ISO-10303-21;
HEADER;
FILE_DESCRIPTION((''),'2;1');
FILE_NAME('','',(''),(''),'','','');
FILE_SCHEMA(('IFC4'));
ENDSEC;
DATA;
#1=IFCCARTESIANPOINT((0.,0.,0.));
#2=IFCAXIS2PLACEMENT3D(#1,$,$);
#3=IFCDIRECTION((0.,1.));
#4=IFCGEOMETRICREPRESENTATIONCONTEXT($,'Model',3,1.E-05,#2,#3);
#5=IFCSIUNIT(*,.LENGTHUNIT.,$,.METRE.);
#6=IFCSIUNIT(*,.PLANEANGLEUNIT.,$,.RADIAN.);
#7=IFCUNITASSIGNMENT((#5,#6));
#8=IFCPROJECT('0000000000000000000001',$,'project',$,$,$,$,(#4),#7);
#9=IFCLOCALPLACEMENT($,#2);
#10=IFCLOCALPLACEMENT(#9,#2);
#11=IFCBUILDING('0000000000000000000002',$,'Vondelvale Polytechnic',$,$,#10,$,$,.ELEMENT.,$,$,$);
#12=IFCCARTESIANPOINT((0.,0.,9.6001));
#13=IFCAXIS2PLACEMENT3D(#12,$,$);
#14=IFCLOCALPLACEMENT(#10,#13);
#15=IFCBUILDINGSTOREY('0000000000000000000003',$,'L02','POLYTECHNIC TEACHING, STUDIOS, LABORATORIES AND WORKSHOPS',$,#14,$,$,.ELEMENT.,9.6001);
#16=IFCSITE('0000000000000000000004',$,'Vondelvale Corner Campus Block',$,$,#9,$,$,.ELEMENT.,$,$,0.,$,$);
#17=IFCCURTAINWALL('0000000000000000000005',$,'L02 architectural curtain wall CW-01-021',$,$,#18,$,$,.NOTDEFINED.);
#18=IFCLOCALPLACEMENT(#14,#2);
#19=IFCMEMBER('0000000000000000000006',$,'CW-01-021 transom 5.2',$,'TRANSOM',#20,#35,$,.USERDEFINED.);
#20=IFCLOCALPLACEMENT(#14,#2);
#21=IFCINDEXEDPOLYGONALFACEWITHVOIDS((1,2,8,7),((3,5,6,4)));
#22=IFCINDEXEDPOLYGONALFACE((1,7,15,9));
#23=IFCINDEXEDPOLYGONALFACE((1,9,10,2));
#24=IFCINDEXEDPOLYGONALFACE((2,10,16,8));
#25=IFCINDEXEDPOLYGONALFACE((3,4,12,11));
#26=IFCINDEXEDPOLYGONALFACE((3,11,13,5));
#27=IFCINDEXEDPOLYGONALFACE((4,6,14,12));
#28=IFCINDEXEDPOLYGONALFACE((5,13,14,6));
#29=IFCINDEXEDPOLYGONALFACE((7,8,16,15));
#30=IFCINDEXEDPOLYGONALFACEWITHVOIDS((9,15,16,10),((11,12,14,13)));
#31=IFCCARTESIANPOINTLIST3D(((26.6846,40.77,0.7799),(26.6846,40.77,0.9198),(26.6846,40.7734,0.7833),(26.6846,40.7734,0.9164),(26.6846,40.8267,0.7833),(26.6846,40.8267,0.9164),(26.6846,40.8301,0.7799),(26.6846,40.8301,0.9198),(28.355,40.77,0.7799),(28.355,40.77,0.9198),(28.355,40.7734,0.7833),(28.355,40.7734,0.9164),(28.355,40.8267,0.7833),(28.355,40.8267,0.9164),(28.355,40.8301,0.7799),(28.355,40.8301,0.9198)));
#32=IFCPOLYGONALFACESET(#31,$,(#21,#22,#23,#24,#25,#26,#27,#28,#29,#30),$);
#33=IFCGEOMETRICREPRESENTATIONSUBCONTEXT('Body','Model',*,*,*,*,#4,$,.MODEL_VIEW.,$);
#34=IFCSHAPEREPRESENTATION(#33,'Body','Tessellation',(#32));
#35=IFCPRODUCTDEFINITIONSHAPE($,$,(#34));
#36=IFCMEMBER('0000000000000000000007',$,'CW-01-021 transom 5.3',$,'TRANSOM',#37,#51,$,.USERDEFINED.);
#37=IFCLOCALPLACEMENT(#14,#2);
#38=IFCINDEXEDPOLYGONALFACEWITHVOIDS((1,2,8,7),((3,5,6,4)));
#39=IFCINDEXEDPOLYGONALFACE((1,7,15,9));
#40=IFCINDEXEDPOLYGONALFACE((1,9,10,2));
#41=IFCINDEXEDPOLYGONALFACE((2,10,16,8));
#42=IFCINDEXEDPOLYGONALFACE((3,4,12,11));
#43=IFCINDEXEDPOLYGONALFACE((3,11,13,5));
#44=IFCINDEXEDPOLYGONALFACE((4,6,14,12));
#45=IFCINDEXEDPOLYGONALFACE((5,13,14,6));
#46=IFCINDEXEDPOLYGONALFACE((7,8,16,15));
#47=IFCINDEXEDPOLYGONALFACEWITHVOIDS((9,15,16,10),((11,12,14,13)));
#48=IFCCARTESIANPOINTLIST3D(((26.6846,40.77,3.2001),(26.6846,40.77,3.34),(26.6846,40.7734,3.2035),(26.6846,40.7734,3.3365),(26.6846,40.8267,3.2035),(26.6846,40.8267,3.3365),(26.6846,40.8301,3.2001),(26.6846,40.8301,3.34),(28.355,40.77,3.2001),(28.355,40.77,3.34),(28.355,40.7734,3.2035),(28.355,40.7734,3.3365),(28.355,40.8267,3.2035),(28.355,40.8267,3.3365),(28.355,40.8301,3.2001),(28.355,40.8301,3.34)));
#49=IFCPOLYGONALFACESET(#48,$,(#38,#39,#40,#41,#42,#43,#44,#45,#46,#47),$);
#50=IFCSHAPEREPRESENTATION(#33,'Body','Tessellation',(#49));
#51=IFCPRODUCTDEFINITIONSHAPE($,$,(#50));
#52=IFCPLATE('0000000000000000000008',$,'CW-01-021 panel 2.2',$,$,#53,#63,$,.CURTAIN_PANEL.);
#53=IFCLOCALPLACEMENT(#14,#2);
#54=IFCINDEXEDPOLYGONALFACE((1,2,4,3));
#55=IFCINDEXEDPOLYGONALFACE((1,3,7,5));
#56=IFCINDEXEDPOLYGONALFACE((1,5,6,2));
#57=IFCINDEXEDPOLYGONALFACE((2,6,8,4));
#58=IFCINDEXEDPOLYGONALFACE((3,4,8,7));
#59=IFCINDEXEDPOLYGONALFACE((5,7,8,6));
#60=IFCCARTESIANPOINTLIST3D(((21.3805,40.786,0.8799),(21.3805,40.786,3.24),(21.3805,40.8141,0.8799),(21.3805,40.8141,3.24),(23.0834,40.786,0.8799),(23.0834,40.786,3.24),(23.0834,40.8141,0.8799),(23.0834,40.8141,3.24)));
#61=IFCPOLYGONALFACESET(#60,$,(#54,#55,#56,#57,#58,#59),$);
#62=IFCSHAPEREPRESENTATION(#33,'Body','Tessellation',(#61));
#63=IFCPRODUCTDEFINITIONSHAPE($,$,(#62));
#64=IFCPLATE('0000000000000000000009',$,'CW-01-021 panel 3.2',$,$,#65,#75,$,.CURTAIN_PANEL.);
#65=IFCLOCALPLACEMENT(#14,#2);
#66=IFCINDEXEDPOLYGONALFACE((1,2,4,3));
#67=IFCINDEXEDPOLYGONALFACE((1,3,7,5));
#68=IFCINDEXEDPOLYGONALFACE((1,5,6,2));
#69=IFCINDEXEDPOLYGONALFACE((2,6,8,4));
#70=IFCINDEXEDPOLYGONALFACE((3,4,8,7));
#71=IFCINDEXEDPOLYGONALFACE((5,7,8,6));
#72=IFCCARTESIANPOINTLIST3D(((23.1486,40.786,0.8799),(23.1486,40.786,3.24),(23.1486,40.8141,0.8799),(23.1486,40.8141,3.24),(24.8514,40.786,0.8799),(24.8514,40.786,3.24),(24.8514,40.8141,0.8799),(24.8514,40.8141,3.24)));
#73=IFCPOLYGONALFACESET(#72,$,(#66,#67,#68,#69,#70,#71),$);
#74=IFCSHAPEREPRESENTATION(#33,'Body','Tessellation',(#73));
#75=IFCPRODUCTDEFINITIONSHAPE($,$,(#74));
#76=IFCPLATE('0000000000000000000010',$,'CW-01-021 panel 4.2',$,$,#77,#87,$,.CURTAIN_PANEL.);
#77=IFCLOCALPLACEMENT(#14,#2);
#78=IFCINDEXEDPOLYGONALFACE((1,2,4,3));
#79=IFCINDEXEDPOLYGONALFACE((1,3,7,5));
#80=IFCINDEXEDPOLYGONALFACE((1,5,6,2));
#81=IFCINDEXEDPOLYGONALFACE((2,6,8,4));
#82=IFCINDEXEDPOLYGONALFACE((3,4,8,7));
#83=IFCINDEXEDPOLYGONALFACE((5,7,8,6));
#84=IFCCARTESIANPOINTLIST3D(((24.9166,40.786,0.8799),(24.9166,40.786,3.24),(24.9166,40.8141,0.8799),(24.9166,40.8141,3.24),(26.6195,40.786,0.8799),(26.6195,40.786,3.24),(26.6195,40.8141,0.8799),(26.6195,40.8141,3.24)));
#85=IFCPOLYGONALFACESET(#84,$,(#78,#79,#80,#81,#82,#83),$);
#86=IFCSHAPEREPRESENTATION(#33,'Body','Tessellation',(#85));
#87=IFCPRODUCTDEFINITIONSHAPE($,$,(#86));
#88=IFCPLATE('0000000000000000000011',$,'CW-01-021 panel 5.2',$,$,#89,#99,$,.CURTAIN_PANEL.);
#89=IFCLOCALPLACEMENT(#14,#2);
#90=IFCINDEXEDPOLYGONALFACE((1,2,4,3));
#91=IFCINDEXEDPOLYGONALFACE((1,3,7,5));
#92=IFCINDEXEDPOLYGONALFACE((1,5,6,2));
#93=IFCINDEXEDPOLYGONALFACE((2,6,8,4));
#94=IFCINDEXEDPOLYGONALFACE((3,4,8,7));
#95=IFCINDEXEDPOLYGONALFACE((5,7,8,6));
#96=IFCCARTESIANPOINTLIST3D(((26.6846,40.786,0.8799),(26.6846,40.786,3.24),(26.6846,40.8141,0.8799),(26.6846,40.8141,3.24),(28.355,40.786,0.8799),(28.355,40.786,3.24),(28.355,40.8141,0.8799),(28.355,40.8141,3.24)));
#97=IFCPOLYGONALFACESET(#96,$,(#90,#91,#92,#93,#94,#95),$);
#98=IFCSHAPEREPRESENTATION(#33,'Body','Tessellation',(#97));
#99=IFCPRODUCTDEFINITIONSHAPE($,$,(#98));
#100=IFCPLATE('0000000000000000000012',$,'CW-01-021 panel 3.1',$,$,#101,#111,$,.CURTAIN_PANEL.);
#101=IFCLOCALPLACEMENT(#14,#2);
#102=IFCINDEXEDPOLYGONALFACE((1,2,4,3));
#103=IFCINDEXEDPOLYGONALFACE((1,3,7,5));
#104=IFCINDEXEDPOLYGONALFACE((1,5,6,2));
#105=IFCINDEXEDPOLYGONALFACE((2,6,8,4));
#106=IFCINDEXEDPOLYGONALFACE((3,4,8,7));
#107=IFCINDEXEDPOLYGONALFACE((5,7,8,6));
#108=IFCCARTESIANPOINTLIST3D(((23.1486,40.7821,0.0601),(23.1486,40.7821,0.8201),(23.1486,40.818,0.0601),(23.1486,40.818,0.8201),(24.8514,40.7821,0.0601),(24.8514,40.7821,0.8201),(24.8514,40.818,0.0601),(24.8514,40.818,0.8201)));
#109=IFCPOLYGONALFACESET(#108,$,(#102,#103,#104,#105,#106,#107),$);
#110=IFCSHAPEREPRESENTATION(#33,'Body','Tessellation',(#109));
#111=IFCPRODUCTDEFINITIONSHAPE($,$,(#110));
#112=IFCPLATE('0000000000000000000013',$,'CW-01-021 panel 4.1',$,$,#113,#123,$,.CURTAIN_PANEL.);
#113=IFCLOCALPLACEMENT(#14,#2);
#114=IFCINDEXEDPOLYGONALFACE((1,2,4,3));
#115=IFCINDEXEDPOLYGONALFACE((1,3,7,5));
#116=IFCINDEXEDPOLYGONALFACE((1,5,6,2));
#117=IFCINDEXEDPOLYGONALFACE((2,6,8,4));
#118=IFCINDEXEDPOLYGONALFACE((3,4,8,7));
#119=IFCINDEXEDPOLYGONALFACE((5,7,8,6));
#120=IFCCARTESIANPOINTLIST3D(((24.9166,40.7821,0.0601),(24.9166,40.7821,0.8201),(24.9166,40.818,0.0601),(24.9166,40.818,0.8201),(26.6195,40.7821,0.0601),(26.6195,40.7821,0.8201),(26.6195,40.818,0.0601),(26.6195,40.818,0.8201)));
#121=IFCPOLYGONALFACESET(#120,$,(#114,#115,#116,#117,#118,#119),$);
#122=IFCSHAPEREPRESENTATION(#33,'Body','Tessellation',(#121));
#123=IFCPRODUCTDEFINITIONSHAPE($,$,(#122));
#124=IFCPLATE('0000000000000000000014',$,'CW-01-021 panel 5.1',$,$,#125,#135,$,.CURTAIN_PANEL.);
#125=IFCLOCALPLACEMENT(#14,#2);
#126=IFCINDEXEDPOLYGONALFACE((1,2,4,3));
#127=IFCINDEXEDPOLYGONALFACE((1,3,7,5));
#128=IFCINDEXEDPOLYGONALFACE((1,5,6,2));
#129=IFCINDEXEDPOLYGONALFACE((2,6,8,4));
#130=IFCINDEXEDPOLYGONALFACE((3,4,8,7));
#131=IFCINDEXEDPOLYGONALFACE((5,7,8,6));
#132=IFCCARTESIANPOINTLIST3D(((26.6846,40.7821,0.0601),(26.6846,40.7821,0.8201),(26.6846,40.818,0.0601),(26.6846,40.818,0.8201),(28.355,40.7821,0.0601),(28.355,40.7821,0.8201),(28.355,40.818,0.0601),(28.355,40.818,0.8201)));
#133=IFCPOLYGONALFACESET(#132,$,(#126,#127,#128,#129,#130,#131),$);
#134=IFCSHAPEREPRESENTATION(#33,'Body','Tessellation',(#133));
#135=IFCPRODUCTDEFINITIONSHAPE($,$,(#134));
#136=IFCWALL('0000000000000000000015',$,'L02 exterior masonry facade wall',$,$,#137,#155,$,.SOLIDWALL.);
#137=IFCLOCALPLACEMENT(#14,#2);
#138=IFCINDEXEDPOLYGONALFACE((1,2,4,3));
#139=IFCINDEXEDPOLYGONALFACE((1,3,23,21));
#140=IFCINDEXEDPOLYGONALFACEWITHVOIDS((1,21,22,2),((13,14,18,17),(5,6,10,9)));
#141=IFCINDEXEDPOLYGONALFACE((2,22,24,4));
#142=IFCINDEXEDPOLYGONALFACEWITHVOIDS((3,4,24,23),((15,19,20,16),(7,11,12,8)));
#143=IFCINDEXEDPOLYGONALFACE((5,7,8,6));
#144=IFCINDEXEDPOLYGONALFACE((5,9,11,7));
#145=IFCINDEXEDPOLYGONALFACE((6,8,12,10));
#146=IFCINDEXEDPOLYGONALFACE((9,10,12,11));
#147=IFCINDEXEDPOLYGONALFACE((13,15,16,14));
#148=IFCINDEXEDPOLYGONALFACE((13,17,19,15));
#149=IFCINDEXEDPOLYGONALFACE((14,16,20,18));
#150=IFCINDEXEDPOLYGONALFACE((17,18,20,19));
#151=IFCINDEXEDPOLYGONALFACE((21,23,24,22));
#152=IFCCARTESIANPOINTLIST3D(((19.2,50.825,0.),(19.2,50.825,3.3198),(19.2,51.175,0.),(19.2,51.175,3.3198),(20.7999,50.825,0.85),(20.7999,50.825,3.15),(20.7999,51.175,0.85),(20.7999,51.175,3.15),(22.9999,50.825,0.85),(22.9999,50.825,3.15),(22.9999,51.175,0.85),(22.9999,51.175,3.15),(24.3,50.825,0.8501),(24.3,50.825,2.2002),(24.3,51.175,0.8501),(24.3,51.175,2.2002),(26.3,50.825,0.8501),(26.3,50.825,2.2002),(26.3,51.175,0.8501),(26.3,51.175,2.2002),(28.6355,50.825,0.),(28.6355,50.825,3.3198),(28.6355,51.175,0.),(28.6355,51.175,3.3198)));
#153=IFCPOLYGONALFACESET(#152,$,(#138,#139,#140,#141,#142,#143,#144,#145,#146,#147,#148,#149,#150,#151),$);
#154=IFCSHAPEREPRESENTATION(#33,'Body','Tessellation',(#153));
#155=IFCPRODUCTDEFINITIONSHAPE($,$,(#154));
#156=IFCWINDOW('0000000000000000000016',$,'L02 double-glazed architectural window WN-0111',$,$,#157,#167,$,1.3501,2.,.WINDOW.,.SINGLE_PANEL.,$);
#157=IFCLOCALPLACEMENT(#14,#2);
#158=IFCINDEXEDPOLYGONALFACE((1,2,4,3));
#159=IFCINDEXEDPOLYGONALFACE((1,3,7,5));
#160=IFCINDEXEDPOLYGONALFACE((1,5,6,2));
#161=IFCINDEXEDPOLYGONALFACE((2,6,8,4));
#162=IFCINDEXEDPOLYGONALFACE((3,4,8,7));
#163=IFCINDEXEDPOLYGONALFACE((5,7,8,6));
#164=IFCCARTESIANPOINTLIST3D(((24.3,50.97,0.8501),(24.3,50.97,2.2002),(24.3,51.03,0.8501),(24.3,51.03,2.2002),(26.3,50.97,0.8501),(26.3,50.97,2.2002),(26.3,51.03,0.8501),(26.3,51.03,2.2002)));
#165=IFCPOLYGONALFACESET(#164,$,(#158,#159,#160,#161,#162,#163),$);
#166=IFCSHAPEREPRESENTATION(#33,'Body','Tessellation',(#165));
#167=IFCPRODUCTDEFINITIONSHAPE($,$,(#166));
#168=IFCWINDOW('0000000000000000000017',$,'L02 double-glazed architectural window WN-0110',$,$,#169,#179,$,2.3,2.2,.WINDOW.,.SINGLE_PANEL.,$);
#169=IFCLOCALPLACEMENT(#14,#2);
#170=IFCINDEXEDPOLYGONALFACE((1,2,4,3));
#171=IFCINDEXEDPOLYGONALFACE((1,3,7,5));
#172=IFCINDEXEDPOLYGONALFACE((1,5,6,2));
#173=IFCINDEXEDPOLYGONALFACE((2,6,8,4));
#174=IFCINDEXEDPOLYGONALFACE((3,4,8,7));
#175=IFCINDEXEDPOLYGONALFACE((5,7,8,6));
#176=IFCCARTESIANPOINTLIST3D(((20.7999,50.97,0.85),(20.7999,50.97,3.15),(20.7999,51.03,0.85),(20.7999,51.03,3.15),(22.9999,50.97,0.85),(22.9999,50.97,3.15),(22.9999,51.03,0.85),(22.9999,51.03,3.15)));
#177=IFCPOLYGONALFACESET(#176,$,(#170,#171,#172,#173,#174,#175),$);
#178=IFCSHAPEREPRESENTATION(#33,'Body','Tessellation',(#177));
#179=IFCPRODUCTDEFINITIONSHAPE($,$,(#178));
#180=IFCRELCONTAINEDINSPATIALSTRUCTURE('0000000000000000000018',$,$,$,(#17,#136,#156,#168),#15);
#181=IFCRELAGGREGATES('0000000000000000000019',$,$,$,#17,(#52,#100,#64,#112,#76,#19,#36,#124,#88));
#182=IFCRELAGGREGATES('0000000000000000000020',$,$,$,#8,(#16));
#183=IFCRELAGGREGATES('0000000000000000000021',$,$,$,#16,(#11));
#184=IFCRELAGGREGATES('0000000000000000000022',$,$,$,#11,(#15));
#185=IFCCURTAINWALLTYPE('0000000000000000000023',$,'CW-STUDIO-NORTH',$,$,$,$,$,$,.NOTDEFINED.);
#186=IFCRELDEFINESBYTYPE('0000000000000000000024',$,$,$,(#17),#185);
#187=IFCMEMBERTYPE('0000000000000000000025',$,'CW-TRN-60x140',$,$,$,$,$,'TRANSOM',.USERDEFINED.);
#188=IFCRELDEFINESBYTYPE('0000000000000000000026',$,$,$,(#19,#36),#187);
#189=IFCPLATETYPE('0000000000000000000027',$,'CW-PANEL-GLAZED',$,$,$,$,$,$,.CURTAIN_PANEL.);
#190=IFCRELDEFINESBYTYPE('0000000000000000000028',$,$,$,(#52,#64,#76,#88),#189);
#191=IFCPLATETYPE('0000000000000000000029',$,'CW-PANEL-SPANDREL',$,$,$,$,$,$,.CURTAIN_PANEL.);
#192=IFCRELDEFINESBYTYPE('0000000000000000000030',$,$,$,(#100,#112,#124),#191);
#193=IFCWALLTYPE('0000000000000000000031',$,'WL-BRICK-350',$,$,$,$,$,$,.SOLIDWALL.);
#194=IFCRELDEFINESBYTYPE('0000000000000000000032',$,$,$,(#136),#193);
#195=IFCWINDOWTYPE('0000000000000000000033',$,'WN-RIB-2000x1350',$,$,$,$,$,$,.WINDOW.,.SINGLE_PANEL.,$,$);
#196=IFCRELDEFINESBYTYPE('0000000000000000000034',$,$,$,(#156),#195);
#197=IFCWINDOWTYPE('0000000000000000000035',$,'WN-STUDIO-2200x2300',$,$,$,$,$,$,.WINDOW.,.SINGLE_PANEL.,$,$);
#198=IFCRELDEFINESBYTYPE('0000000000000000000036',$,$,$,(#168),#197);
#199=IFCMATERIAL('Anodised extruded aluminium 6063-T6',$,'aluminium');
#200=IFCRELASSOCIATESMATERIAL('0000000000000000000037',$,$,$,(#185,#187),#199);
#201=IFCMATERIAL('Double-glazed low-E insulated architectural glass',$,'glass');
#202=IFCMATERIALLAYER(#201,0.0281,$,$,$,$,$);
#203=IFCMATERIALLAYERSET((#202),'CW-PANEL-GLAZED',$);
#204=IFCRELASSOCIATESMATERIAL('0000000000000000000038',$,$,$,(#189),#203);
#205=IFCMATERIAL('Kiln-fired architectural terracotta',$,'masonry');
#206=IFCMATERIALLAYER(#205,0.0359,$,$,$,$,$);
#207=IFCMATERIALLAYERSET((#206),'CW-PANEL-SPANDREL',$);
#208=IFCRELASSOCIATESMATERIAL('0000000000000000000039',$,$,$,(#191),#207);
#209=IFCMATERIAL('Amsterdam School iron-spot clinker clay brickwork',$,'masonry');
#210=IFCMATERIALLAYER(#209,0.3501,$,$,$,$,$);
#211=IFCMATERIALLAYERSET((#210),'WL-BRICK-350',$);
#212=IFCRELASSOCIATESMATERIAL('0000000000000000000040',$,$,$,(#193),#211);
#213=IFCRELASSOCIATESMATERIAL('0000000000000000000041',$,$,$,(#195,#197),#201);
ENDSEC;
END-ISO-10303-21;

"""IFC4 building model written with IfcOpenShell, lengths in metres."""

from ifc_helpers import new_model, si_unit, direction, frame, frame_2d, origin, origin_2d, place, context, subcontext, project, spatial, rectangle, hollow_rectangle, extrude, material, layer, layer_set, material_profile, profile_set, type_object, element, fill, aggregate, save


model = new_model("IFC4")

# Units and contexts
model_context = context("Model", 3, precision=1e-05, world=origin(), true_north=direction((0.0, 1.0)))
body_context = subcontext(model_context, "Body", "Model", "MODEL_VIEW")
ifc_project = project(units=[si_unit("LENGTHUNIT", "METRE"), si_unit("PLANEANGLEUNIT", "RADIAN")], contexts=[model_context])

# Site, building, storey
site_placement = place(None, origin())
site = spatial("IfcSite", under=ifc_project, at=site_placement, Name="Vondelvale Corner Campus Block", CompositionType="ELEMENT", RefElevation=0.0)
building_placement = place(site_placement, origin())
building = spatial("IfcBuilding", under=site, at=building_placement, Name="Vondelvale Polytechnic", CompositionType="ELEMENT")
storey_placement = place(building_placement, frame((0.0, 0.0, 9.6001)))
storey = spatial("IfcBuildingStorey", under=building, at=storey_placement, Name="L02", Description="POLYTECHNIC TEACHING, STUDIOS, LABORATORIES AND WORKSHOPS", CompositionType="ELEMENT", Elevation=9.6001)

# Curtain wall, members, plates
ifc_material_1 = material(Name="Anodised extruded aluminium 6063-T6", Category="aluminium")
curtain_wall_type = type_object("IfcCurtainWallType", Name="CW-STUDIO-NORTH", PredefinedType="NOTDEFINED", material=ifc_material_1)
curtain_wall_placement = place(storey_placement, origin())
curtain_wall = element("IfcCurtainWall", 1, at=curtain_wall_placement, inside=storey, type_object=curtain_wall_type, Name="L02 architectural curtain wall CW-01-021", PredefinedType="NOTDEFINED")
ifc_material_profile_1 = material_profile(ifc_material_1, hollow_rectangle(XDim=0.0601, YDim=0.1399, WallThickness=0.0034, at=origin_2d()), Name="CW-TRN-140x60")
ifc_profile_set_1 = profile_set([ifc_material_profile_1], Name="Anodised extruded aluminium 6063-T6")
member_type_1 = type_object("IfcMemberType", Name="CW-TRN-60x140", ElementType="TRANSOM", PredefinedType="USERDEFINED", material=ifc_profile_set_1)
member_1_placement = place(storey_placement, frame((26.6846, 40.8, 0.8499), z_axis=(1.0, 0.0, 0.0), x_axis=(0.0, 1.0, 0.0)))
member_1 = element("IfcMember", 2, at=member_1_placement, type_object=member_type_1, Name="CW-01-021 transom 5.2", ObjectType="TRANSOM", PredefinedType="USERDEFINED", context=body_context, shape_type="SweptSolid", body=[
    extrude(hollow_rectangle(XDim=0.0601, YDim=0.1399, WallThickness=0.0034, at=origin_2d()), origin(), (0.0, 0.0, 1.0), 1.6704),
])
member_2_placement = place(storey_placement, frame((26.6846, 40.8, 3.27), z_axis=(1.0, 0.0, 0.0), x_axis=(0.0, 1.0, 0.0)))
member_2 = element("IfcMember", 3, at=member_2_placement, type_object=member_type_1, Name="CW-01-021 transom 5.3", ObjectType="TRANSOM", PredefinedType="USERDEFINED", context=body_context, shape_type="SweptSolid", body=[
    extrude(hollow_rectangle(XDim=0.0601, YDim=0.1399, WallThickness=0.0034, at=origin_2d()), origin(), (0.0, 0.0, 1.0), 1.6704),
])
ifc_material_2 = material(Name="Double-glazed low-E insulated architectural glass", Category="glass")
ifc_layer_1 = layer(ifc_material_2, 0.0281)
ifc_layer_set_1 = layer_set([ifc_layer_1], Name="CW-PANEL-GLAZED")
plate_type_1 = type_object("IfcPlateType", Name="CW-PANEL-GLAZED", PredefinedType="CURTAIN_PANEL", material=ifc_layer_set_1)
plate_1_placement = place(storey_placement, frame((22.2319, 40.8, 0.8799), z_axis=(0.0, 0.0, 1.0), x_axis=(1.0, 0.0, 0.0)))
plate_1 = element("IfcPlate", 4, at=plate_1_placement, type_object=plate_type_1, Name="CW-01-021 panel 2.2", PredefinedType="CURTAIN_PANEL", context=body_context, shape_type="SweptSolid", body=[
    extrude(rectangle(XDim=1.7029, YDim=0.0281, at=origin_2d()), origin(), (0.0, 0.0, 1.0), 2.3601),
])
plate_2_placement = place(storey_placement, frame((24.0, 40.8, 0.8799), z_axis=(0.0, 0.0, 1.0), x_axis=(1.0, 0.0, 0.0)))
plate_2 = element("IfcPlate", 5, at=plate_2_placement, type_object=plate_type_1, Name="CW-01-021 panel 3.2", PredefinedType="CURTAIN_PANEL", context=body_context, shape_type="SweptSolid", body=[
    extrude(rectangle(XDim=1.7029, YDim=0.0281, at=origin_2d()), origin(), (0.0, 0.0, 1.0), 2.3601),
])
plate_3_placement = place(storey_placement, frame((25.7681, 40.8, 0.8799), z_axis=(0.0, 0.0, 1.0), x_axis=(1.0, 0.0, 0.0)))
plate_3 = element("IfcPlate", 6, at=plate_3_placement, type_object=plate_type_1, Name="CW-01-021 panel 4.2", PredefinedType="CURTAIN_PANEL", context=body_context, shape_type="SweptSolid", body=[
    extrude(rectangle(XDim=1.7029, YDim=0.0281, at=origin_2d()), origin(), (0.0, 0.0, 1.0), 2.3601),
])
plate_4_placement = place(storey_placement, frame((27.5198, 40.8, 0.8799), z_axis=(0.0, 0.0, 1.0), x_axis=(1.0, 0.0, 0.0)))
plate_4 = element("IfcPlate", 7, at=plate_4_placement, type_object=plate_type_1, Name="CW-01-021 panel 5.2", PredefinedType="CURTAIN_PANEL", context=body_context, shape_type="SweptSolid", body=[
    extrude(rectangle(XDim=1.6704, YDim=0.0281, at=origin_2d()), origin(), (0.0, 0.0, 1.0), 2.3601),
])
ifc_material_3 = material(Name="Kiln-fired architectural terracotta", Category="masonry")
ifc_layer_2 = layer(ifc_material_3, 0.0359)
ifc_layer_set_2 = layer_set([ifc_layer_2], Name="CW-PANEL-SPANDREL")
plate_type_2 = type_object("IfcPlateType", Name="CW-PANEL-SPANDREL", PredefinedType="CURTAIN_PANEL", material=ifc_layer_set_2)
plate_5_placement = place(storey_placement, frame((24.0, 40.8, 0.0601), z_axis=(0.0, 0.0, 1.0), x_axis=(1.0, 0.0, 0.0)))
plate_5 = element("IfcPlate", 8, at=plate_5_placement, type_object=plate_type_2, Name="CW-01-021 panel 3.1", PredefinedType="CURTAIN_PANEL", context=body_context, shape_type="SweptSolid", body=[
    extrude(rectangle(XDim=1.7029, YDim=0.0359, at=origin_2d()), origin(), (0.0, 0.0, 1.0), 0.76),
])
plate_6_placement = place(storey_placement, frame((25.7681, 40.8, 0.0601), z_axis=(0.0, 0.0, 1.0), x_axis=(1.0, 0.0, 0.0)))
plate_6 = element("IfcPlate", 9, at=plate_6_placement, type_object=plate_type_2, Name="CW-01-021 panel 4.1", PredefinedType="CURTAIN_PANEL", context=body_context, shape_type="SweptSolid", body=[
    extrude(rectangle(XDim=1.7029, YDim=0.0359, at=origin_2d()), origin(), (0.0, 0.0, 1.0), 0.76),
])
plate_7_placement = place(storey_placement, frame((27.5198, 40.8, 0.0601), z_axis=(0.0, 0.0, 1.0), x_axis=(1.0, 0.0, 0.0)))
plate_7 = element("IfcPlate", 10, at=plate_7_placement, type_object=plate_type_2, Name="CW-01-021 panel 5.1", PredefinedType="CURTAIN_PANEL", context=body_context, shape_type="SweptSolid", body=[
    extrude(rectangle(XDim=1.6704, YDim=0.0359, at=origin_2d()), origin(), (0.0, 0.0, 1.0), 0.76),
])
aggregate(curtain_wall, [plate_1, plate_5, plate_2, plate_6, plate_3, member_1, member_2, plate_7, plate_4])

# Wall, openings, windows
ifc_material_4 = material(Name="Amsterdam School iron-spot clinker clay brickwork", Category="masonry")
ifc_layer_3 = layer(ifc_material_4, 0.3501)
ifc_layer_set_3 = layer_set([ifc_layer_3], Name="WL-BRICK-350")
wall_type = type_object("IfcWallType", Name="WL-BRICK-350", PredefinedType="SOLIDWALL", material=ifc_layer_set_3)
wall_placement = place(storey_placement, frame((28.6355, 51.0, 0.0), z_axis=(0.0, 0.0, 1.0), x_axis=(-1.0, 0.0, 0.0)))
wall = element("IfcWall", 11, at=wall_placement, inside=storey, type_object=wall_type, Name="L02 exterior masonry facade wall", PredefinedType="SOLIDWALL", context=body_context, shape_type="SweptSolid", body=[
    extrude(rectangle(XDim=9.4355, YDim=0.3501, at=frame_2d((4.7178, 0.0))), origin(), (0.0, 0.0, 1.0), 3.3198),
])
opening_1_placement = place(wall_placement, frame((5.6355, 0.0, 0.8501)))
opening_1 = element("IfcOpeningElement", 12, at=opening_1_placement, cuts=wall, PredefinedType="OPENING", context=body_context, shape_type="SweptSolid", body=[
    extrude(rectangle(XDim=2.2, YDim=2.3, at=frame_2d((1.1001, 1.1499))), frame((0.0, 0.1851, 0.0), z_axis=(0.0, -1.0, 0.0), x_axis=(1.0, 0.0, 0.0)), (0.0, 0.0, 1.0), 0.3701),
])
opening_2_placement = place(wall_placement, frame((2.3354, 0.0, 0.8501)))
opening_2 = element("IfcOpeningElement", 13, at=opening_2_placement, cuts=wall, PredefinedType="OPENING", context=body_context, shape_type="SweptSolid", body=[
    extrude(rectangle(XDim=2.0, YDim=1.3501, at=frame_2d((1.0, 0.675))), frame((0.0, 0.1851, 0.0), z_axis=(0.0, -1.0, 0.0), x_axis=(1.0, 0.0, 0.0)), (0.0, 0.0, 1.0), 0.3701),
])
window_type_1 = type_object("IfcWindowType", Name="WN-RIB-2000x1350", PartitioningType="SINGLE_PANEL", PredefinedType="WINDOW", material=ifc_material_2)
window_1_placement = place(opening_2_placement, origin())
window_1 = element("IfcWindow", 14, at=window_1_placement, inside=storey, type_object=window_type_1, Name="L02 double-glazed architectural window WN-0111", OverallHeight=1.3501, OverallWidth=2.0, PartitioningType="SINGLE_PANEL", PredefinedType="WINDOW", context=body_context, shape_type="SweptSolid", body=[
    extrude(rectangle(XDim=2.0, YDim=1.3501, at=frame_2d((1.0, 0.675))), frame((0.0, 0.03, 0.0), z_axis=(0.0, -1.0, 0.0), x_axis=(1.0, 0.0, 0.0)), (0.0, 0.0, 1.0), 0.0601),
])
fill(opening_2, window_1)
window_type_2 = type_object("IfcWindowType", Name="WN-STUDIO-2200x2300", PartitioningType="SINGLE_PANEL", PredefinedType="WINDOW", material=ifc_material_2)
window_2_placement = place(opening_1_placement, origin())
window_2 = element("IfcWindow", 15, at=window_2_placement, inside=storey, type_object=window_type_2, Name="L02 double-glazed architectural window WN-0110", OverallHeight=2.3, OverallWidth=2.2, PartitioningType="SINGLE_PANEL", PredefinedType="WINDOW", context=body_context, shape_type="SweptSolid", body=[
    extrude(rectangle(XDim=2.2, YDim=2.3, at=frame_2d((1.1001, 1.1499))), frame((0.0, 0.03, 0.0), z_axis=(0.0, -1.0, 0.0), x_axis=(1.0, 0.0, 0.0)), (0.0, 0.0, 1.0), 0.0601),
])
fill(opening_1, window_2)

save(model, "model.ifc")
